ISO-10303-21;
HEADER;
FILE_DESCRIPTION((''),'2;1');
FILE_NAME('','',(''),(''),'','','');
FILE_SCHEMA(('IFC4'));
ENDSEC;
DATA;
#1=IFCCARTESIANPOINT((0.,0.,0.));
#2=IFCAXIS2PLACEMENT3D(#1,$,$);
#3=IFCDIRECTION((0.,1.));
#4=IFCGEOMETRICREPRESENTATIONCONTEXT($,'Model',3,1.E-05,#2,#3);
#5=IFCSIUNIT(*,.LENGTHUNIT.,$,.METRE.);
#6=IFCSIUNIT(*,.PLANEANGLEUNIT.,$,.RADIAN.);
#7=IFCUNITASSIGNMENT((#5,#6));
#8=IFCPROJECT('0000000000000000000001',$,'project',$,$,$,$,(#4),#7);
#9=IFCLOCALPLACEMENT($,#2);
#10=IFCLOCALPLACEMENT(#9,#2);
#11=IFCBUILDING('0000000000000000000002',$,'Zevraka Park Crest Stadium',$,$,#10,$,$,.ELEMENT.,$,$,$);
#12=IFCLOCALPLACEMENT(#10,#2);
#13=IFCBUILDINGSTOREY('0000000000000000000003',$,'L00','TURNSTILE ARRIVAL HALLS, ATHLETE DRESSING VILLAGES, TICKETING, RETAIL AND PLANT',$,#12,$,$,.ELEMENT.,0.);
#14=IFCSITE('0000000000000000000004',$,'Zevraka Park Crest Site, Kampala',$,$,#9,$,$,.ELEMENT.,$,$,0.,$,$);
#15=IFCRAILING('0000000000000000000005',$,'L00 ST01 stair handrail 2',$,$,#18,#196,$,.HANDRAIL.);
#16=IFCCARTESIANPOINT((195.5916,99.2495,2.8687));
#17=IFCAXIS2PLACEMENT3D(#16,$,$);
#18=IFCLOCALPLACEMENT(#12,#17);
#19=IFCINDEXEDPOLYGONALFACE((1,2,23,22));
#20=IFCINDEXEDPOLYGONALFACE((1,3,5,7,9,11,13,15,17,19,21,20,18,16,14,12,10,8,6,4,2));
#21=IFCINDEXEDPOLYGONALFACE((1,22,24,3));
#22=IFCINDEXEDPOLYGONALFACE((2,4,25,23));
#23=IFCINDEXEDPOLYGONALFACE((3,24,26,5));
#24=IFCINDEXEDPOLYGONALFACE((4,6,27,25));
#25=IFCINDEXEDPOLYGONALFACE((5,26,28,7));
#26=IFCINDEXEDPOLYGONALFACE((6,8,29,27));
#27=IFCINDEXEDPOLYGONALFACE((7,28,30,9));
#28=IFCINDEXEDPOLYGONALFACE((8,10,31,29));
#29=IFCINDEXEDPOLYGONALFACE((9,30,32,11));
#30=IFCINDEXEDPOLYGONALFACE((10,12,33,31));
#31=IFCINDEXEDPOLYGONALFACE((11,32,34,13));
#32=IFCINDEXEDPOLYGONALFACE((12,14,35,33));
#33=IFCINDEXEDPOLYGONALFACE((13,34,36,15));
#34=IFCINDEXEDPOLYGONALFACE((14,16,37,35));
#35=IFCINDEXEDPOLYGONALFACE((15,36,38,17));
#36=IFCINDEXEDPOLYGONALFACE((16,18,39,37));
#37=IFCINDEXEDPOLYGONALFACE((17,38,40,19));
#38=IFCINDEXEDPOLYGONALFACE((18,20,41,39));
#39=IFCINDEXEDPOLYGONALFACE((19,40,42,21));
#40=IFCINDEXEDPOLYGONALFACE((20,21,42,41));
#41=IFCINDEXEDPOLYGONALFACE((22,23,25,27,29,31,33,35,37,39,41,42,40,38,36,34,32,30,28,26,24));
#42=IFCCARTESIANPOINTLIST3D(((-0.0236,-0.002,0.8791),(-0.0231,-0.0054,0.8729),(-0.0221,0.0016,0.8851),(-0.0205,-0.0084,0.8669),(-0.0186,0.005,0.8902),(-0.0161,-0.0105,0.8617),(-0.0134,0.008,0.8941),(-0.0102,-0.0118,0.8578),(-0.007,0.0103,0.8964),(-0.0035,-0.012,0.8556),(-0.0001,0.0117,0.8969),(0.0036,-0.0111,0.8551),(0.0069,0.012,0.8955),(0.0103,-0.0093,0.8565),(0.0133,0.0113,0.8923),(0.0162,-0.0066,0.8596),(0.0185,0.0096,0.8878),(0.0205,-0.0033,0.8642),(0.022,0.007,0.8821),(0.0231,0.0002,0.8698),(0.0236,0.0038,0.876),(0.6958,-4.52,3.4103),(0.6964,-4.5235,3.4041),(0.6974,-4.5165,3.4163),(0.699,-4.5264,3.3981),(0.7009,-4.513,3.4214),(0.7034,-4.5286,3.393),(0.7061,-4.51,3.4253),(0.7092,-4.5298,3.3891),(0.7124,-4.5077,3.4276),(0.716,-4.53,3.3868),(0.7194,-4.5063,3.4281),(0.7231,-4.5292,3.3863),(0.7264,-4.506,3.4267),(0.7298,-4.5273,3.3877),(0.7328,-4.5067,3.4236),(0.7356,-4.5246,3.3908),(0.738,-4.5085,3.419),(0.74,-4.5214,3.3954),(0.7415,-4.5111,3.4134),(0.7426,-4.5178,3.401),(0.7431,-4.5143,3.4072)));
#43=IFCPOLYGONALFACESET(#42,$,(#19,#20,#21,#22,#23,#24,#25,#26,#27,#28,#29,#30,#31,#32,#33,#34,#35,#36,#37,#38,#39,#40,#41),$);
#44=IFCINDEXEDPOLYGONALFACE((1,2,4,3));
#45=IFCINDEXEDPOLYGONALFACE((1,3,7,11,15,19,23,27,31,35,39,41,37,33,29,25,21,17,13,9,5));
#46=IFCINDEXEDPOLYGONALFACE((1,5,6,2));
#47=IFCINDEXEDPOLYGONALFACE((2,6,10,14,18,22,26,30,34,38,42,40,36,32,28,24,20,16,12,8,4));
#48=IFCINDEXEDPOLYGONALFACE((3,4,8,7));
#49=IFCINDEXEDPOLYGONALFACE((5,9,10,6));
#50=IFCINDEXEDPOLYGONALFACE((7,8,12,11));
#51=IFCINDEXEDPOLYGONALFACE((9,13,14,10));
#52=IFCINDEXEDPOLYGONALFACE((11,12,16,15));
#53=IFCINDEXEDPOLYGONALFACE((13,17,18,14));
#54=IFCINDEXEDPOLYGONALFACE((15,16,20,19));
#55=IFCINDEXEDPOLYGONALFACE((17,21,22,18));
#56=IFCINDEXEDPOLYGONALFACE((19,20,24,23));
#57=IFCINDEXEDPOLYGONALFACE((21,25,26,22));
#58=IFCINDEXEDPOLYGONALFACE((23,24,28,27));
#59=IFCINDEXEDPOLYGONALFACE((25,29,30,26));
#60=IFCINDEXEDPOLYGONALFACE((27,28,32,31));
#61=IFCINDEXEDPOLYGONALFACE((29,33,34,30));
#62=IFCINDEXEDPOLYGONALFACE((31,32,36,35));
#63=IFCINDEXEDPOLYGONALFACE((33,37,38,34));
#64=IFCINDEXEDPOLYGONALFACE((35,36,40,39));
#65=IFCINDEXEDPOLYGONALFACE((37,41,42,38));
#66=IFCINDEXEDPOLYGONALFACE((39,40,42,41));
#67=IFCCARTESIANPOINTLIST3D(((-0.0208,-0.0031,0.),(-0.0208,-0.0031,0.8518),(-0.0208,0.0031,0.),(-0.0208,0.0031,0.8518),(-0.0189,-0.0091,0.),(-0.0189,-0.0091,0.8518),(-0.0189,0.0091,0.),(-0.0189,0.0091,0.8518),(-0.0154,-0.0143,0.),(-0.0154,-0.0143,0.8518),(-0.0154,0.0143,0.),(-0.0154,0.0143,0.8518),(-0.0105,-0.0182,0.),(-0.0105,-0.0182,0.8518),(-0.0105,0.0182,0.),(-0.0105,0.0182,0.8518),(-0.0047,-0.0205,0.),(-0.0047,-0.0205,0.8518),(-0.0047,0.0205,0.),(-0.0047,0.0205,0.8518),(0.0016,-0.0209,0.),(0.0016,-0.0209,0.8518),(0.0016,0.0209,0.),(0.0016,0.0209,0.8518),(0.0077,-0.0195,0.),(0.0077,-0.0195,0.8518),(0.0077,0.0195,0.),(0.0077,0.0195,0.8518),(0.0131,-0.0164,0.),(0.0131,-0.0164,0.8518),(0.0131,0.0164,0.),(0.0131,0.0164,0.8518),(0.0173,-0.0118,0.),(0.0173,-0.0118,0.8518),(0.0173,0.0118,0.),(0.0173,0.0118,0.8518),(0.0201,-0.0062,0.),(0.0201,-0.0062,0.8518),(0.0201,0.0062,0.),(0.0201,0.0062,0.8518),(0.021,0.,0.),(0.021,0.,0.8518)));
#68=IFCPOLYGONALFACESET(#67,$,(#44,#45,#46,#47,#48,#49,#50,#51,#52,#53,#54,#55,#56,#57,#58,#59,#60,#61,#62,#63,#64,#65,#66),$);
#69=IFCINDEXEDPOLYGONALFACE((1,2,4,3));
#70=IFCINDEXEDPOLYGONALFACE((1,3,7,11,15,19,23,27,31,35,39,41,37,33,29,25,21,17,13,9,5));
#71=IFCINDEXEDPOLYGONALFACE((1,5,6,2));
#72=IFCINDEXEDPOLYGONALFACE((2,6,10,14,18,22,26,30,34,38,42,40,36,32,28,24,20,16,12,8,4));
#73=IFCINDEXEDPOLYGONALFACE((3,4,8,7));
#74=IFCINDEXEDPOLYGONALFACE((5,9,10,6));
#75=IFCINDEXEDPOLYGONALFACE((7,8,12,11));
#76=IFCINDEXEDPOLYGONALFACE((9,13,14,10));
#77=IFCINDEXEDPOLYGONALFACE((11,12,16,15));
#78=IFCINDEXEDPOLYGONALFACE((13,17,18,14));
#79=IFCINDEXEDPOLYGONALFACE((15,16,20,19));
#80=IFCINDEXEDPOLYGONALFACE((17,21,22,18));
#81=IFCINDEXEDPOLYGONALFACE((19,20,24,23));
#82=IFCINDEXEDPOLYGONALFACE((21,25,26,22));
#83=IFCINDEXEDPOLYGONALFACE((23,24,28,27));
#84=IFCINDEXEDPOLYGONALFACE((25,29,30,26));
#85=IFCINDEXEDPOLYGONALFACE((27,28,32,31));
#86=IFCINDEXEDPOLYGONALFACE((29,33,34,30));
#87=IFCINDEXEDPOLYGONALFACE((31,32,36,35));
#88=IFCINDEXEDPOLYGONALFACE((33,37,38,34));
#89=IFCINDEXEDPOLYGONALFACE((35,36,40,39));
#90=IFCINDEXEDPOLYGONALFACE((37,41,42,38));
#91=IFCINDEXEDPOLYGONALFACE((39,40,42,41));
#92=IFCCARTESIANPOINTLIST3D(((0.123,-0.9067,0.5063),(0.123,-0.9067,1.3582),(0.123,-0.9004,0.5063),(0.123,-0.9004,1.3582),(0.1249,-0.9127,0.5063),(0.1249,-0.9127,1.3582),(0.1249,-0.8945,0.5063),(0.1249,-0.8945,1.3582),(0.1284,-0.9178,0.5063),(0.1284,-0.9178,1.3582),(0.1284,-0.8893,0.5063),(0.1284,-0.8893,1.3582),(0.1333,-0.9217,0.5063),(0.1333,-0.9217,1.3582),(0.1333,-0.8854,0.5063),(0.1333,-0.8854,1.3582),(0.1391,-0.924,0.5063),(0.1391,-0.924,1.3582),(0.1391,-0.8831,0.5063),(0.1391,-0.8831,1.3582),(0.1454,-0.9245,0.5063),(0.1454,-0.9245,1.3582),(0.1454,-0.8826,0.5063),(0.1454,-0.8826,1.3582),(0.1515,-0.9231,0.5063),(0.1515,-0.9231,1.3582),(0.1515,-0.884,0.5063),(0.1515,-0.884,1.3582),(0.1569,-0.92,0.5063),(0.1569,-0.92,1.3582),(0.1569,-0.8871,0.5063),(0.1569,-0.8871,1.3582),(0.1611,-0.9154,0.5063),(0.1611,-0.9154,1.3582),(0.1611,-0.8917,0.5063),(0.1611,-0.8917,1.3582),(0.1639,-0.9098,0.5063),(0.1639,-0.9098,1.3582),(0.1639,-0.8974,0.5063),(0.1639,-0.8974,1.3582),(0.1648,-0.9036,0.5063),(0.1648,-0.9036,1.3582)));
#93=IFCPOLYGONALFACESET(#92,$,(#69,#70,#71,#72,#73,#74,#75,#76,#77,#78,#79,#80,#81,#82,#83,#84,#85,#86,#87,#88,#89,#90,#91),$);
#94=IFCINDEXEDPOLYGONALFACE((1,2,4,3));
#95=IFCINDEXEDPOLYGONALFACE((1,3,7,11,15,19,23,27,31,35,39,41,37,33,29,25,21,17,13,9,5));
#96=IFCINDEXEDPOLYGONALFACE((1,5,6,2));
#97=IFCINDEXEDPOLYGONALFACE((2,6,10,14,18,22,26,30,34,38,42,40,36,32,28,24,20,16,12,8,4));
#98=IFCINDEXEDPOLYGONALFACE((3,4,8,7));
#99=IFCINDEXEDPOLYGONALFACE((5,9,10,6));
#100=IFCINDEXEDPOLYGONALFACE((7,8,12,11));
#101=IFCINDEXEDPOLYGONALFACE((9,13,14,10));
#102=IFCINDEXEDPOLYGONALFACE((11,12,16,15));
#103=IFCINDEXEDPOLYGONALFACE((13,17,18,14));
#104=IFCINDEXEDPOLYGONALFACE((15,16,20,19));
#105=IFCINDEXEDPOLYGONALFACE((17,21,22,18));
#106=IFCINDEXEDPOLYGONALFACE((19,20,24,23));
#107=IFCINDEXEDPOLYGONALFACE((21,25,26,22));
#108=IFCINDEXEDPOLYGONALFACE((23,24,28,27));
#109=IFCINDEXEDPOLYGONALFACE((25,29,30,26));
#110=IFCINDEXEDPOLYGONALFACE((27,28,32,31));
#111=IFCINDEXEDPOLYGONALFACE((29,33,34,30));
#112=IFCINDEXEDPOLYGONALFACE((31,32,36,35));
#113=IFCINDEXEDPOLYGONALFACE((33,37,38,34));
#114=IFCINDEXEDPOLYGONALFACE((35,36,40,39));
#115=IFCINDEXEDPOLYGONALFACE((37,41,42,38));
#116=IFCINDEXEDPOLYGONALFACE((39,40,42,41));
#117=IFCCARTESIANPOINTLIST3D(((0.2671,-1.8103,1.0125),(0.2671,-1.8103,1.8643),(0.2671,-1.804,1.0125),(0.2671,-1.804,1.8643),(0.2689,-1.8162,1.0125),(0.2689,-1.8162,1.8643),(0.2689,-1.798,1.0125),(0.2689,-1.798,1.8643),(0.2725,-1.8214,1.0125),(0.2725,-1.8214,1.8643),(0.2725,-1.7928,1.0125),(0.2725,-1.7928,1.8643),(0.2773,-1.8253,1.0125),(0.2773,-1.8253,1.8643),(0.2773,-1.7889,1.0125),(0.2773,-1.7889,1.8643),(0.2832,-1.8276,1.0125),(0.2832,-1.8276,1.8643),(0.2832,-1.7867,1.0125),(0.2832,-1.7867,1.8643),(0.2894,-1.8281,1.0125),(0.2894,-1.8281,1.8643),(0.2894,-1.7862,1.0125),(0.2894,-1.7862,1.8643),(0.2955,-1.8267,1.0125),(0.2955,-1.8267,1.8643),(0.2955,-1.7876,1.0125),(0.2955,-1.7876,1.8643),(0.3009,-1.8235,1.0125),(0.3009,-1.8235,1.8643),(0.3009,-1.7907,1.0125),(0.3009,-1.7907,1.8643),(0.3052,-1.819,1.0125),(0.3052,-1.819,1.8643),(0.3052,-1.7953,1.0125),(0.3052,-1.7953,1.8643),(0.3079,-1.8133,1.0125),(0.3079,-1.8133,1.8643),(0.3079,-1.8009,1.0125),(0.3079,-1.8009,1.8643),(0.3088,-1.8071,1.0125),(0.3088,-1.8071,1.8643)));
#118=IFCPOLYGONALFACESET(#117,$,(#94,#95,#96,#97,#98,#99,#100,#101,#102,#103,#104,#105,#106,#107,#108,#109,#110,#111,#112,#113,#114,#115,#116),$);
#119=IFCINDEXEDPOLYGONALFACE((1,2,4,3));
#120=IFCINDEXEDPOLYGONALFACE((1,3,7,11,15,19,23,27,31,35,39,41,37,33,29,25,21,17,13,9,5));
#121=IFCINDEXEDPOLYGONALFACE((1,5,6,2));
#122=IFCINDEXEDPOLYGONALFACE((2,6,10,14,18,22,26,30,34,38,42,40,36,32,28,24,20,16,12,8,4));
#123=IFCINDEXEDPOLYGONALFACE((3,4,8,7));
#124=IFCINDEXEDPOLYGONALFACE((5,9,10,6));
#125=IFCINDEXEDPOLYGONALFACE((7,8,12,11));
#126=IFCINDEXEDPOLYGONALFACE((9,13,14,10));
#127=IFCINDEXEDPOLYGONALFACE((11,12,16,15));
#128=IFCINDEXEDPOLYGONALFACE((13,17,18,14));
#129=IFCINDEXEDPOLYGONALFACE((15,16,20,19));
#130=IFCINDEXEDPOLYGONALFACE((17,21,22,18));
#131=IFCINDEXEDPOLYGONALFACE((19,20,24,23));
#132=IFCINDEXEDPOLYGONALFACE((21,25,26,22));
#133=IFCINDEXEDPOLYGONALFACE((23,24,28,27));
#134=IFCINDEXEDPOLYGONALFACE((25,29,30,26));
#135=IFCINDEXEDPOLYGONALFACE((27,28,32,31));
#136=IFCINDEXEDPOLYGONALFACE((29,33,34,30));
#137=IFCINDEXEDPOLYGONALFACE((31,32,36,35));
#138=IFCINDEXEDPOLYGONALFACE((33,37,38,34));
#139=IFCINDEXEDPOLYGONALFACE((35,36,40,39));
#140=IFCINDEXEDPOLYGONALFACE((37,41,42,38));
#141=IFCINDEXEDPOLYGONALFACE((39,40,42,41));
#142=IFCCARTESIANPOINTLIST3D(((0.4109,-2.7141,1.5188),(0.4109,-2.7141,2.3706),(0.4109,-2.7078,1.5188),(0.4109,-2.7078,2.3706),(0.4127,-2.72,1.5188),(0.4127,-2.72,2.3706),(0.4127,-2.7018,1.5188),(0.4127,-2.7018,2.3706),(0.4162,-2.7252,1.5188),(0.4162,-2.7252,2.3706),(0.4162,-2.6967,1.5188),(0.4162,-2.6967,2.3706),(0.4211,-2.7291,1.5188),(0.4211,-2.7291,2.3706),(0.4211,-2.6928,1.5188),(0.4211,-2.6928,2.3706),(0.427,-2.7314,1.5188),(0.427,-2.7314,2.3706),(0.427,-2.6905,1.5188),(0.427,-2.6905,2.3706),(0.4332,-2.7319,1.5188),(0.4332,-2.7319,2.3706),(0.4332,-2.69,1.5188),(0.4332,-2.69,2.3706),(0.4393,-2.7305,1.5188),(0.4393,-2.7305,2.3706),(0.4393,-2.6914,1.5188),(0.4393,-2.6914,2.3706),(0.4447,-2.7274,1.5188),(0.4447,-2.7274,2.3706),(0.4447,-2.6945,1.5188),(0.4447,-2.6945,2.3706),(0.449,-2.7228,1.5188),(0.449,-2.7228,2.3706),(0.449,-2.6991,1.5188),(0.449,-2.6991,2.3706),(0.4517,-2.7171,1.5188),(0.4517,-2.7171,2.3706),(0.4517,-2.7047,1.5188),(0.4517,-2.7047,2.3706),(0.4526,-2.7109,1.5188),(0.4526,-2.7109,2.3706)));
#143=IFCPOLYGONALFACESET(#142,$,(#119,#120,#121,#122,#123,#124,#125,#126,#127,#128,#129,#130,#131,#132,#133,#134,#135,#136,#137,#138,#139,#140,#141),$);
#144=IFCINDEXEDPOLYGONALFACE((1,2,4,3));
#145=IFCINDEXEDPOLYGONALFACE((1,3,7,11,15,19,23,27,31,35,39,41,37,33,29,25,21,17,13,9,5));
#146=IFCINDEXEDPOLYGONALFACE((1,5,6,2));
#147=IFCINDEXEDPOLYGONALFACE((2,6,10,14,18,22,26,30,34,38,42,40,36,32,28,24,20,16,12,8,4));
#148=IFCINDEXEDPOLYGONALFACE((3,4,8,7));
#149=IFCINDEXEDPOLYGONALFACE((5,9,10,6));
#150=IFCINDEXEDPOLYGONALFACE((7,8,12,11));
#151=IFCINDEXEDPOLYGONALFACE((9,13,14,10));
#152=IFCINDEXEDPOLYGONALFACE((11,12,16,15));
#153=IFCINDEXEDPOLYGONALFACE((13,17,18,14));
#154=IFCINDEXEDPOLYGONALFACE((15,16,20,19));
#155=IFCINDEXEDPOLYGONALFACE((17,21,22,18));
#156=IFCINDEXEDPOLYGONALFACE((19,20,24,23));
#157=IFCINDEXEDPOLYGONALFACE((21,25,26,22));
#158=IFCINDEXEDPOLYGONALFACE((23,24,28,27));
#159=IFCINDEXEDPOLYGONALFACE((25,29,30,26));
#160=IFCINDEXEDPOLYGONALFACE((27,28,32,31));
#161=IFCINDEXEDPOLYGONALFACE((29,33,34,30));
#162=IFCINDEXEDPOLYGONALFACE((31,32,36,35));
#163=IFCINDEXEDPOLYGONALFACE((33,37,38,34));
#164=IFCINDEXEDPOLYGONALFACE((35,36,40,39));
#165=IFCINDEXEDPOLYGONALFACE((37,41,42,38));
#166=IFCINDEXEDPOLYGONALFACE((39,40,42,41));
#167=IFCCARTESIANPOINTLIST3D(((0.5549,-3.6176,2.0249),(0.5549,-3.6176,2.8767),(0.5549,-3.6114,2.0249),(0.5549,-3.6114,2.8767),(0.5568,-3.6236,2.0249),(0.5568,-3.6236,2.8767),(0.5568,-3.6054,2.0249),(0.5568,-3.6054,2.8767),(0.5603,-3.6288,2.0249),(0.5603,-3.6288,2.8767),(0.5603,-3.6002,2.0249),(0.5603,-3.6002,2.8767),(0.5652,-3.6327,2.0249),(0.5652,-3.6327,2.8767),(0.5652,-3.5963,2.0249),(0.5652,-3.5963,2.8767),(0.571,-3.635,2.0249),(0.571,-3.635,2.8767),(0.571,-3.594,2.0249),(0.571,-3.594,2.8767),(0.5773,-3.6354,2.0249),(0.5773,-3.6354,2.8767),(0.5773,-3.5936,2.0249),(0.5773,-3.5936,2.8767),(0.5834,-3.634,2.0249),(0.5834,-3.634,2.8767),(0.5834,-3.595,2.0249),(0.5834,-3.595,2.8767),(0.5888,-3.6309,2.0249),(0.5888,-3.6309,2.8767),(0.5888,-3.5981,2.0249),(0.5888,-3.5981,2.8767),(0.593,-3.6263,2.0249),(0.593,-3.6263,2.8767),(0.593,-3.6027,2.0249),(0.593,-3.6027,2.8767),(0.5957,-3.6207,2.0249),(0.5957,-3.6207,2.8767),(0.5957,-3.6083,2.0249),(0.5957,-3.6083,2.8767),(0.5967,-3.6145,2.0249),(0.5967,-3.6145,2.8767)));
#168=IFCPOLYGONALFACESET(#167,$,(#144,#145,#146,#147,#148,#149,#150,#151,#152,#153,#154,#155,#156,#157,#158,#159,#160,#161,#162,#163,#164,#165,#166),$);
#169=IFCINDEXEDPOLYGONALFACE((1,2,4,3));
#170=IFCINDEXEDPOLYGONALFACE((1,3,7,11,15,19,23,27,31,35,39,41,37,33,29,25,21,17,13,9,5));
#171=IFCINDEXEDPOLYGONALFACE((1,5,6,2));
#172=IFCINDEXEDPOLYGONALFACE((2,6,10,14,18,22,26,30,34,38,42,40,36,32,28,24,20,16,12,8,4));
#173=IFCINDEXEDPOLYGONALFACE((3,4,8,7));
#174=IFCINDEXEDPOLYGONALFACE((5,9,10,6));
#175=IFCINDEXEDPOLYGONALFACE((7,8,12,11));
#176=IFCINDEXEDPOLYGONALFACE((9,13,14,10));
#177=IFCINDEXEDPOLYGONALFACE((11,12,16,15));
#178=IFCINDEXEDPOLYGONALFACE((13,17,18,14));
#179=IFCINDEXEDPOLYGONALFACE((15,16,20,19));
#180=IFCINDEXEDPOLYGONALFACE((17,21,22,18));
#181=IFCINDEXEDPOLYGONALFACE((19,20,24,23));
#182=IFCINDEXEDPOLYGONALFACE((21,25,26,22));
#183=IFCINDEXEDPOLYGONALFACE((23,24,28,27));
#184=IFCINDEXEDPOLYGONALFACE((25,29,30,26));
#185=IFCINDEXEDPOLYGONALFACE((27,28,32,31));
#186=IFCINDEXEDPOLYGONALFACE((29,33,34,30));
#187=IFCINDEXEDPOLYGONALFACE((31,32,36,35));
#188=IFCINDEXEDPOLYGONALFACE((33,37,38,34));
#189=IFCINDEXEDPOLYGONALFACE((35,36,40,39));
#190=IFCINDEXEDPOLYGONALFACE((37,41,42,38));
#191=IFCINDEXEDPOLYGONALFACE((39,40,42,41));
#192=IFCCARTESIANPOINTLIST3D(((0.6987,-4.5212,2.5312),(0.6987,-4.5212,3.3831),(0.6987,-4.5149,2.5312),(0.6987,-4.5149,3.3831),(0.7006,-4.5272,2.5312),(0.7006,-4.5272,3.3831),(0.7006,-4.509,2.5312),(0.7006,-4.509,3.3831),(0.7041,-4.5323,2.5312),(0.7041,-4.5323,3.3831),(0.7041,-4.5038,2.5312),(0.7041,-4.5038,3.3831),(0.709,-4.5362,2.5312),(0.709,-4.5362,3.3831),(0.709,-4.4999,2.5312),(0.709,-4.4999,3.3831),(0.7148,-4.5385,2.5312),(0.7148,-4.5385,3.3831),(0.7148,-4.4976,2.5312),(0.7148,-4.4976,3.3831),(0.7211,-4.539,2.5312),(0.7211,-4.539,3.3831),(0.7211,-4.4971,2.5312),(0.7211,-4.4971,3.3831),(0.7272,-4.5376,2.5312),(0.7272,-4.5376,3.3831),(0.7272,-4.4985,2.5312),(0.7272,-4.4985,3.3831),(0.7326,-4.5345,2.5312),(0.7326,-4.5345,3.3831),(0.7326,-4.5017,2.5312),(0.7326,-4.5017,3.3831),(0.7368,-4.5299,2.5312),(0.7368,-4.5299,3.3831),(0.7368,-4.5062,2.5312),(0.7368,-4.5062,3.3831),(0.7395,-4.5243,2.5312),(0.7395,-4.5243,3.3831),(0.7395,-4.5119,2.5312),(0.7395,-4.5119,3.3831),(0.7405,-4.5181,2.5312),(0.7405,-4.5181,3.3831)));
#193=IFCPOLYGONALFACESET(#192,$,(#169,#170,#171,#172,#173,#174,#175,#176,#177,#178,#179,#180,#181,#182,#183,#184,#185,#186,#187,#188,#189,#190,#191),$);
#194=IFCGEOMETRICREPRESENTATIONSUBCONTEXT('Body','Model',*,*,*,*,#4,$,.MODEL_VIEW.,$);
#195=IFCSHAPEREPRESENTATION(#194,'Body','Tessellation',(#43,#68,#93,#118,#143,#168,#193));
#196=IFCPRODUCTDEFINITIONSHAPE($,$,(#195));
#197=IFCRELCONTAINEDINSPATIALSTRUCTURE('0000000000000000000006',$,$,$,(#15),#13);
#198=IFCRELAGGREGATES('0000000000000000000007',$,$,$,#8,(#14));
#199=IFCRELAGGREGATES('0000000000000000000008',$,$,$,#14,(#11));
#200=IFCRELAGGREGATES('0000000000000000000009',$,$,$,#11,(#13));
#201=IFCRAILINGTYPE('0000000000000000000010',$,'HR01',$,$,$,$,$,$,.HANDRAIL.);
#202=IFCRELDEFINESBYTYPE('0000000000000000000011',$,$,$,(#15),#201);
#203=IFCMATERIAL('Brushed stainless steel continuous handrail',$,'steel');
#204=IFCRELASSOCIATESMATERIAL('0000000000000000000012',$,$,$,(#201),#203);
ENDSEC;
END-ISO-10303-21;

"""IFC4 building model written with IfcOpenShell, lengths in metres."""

from ifc_helpers import new_model, si_unit, direction, frame, origin, origin_2d, place, context, subcontext, project, spatial, circle, extrude, material, type_object, element, save


model = new_model("IFC4")

# Units and contexts
model_context = context("Model", 3, precision=1e-05, world=origin(), true_north=direction((0.0, 1.0)))
body_context = subcontext(model_context, "Body", "Model", "MODEL_VIEW")
ifc_project = project(units=[si_unit("LENGTHUNIT", "METRE"), si_unit("PLANEANGLEUNIT", "RADIAN")], contexts=[model_context])

# Site, building, storey
site_placement = place(None, origin())
site = spatial("IfcSite", under=ifc_project, at=site_placement, Name="Zevraka Park Crest Site, Kampala", CompositionType="ELEMENT", RefElevation=0.0)
building_placement = place(site_placement, origin())
building = spatial("IfcBuilding", under=site, at=building_placement, Name="Zevraka Park Crest Stadium", CompositionType="ELEMENT")
storey_placement = place(building_placement, origin())
storey = spatial("IfcBuildingStorey", under=building, at=storey_placement, Name="L00", Description="TURNSTILE ARRIVAL HALLS, ATHLETE DRESSING VILLAGES, TICKETING, RETAIL AND PLANT", CompositionType="ELEMENT", Elevation=0.0)

# Railing
ifc_material_1 = material(Name="Brushed stainless steel continuous handrail", Category="steel")
railing_type_1 = type_object("IfcRailingType", Name="HR01", PredefinedType="HANDRAIL", material=ifc_material_1)
railing_1_placement = place(storey_placement, frame((195.5916, 99.2495, 2.8687)))
element("IfcRailing", 1, at=railing_1_placement, inside=storey, type_object=railing_type_1, Name="L00 ST01 stair handrail 2", PredefinedType="HANDRAIL", context=body_context, shape_type="SweptSolid", body=[
    extrude(circle(Radius=0.0239, at=origin_2d()), frame((0.0, 0.0, 0.876), z_axis=(0.137606, -0.864113, 0.48412), x_axis=(0.987557, 0.157264, 0.0)), (0.0, 0.0, 1.0), 5.2285),
    extrude(circle(Radius=0.021, at=origin_2d()), origin(), (0.0, 0.0, 1.0), 0.8518),
    extrude(circle(Radius=0.021, at=origin_2d()), frame((0.1438, -0.9036, 0.5063)), (0.0, 0.0, 1.0), 0.8518),
    extrude(circle(Radius=0.021, at=origin_2d()), frame((0.2878, -1.8071, 1.0125)), (0.0, 0.0, 1.0), 0.8518),
    extrude(circle(Radius=0.021, at=origin_2d()), frame((0.4316, -2.7109, 1.5188)), (0.0, 0.0, 1.0), 0.8518),
    extrude(circle(Radius=0.021, at=origin_2d()), frame((0.5757, -3.6145, 2.0249)), (0.0, 0.0, 1.0), 0.8518),
    extrude(circle(Radius=0.021, at=origin_2d()), frame((0.7195, -4.5181, 2.5312)), (0.0, 0.0, 1.0), 0.8518),
])

save(model, "model.ifc")
